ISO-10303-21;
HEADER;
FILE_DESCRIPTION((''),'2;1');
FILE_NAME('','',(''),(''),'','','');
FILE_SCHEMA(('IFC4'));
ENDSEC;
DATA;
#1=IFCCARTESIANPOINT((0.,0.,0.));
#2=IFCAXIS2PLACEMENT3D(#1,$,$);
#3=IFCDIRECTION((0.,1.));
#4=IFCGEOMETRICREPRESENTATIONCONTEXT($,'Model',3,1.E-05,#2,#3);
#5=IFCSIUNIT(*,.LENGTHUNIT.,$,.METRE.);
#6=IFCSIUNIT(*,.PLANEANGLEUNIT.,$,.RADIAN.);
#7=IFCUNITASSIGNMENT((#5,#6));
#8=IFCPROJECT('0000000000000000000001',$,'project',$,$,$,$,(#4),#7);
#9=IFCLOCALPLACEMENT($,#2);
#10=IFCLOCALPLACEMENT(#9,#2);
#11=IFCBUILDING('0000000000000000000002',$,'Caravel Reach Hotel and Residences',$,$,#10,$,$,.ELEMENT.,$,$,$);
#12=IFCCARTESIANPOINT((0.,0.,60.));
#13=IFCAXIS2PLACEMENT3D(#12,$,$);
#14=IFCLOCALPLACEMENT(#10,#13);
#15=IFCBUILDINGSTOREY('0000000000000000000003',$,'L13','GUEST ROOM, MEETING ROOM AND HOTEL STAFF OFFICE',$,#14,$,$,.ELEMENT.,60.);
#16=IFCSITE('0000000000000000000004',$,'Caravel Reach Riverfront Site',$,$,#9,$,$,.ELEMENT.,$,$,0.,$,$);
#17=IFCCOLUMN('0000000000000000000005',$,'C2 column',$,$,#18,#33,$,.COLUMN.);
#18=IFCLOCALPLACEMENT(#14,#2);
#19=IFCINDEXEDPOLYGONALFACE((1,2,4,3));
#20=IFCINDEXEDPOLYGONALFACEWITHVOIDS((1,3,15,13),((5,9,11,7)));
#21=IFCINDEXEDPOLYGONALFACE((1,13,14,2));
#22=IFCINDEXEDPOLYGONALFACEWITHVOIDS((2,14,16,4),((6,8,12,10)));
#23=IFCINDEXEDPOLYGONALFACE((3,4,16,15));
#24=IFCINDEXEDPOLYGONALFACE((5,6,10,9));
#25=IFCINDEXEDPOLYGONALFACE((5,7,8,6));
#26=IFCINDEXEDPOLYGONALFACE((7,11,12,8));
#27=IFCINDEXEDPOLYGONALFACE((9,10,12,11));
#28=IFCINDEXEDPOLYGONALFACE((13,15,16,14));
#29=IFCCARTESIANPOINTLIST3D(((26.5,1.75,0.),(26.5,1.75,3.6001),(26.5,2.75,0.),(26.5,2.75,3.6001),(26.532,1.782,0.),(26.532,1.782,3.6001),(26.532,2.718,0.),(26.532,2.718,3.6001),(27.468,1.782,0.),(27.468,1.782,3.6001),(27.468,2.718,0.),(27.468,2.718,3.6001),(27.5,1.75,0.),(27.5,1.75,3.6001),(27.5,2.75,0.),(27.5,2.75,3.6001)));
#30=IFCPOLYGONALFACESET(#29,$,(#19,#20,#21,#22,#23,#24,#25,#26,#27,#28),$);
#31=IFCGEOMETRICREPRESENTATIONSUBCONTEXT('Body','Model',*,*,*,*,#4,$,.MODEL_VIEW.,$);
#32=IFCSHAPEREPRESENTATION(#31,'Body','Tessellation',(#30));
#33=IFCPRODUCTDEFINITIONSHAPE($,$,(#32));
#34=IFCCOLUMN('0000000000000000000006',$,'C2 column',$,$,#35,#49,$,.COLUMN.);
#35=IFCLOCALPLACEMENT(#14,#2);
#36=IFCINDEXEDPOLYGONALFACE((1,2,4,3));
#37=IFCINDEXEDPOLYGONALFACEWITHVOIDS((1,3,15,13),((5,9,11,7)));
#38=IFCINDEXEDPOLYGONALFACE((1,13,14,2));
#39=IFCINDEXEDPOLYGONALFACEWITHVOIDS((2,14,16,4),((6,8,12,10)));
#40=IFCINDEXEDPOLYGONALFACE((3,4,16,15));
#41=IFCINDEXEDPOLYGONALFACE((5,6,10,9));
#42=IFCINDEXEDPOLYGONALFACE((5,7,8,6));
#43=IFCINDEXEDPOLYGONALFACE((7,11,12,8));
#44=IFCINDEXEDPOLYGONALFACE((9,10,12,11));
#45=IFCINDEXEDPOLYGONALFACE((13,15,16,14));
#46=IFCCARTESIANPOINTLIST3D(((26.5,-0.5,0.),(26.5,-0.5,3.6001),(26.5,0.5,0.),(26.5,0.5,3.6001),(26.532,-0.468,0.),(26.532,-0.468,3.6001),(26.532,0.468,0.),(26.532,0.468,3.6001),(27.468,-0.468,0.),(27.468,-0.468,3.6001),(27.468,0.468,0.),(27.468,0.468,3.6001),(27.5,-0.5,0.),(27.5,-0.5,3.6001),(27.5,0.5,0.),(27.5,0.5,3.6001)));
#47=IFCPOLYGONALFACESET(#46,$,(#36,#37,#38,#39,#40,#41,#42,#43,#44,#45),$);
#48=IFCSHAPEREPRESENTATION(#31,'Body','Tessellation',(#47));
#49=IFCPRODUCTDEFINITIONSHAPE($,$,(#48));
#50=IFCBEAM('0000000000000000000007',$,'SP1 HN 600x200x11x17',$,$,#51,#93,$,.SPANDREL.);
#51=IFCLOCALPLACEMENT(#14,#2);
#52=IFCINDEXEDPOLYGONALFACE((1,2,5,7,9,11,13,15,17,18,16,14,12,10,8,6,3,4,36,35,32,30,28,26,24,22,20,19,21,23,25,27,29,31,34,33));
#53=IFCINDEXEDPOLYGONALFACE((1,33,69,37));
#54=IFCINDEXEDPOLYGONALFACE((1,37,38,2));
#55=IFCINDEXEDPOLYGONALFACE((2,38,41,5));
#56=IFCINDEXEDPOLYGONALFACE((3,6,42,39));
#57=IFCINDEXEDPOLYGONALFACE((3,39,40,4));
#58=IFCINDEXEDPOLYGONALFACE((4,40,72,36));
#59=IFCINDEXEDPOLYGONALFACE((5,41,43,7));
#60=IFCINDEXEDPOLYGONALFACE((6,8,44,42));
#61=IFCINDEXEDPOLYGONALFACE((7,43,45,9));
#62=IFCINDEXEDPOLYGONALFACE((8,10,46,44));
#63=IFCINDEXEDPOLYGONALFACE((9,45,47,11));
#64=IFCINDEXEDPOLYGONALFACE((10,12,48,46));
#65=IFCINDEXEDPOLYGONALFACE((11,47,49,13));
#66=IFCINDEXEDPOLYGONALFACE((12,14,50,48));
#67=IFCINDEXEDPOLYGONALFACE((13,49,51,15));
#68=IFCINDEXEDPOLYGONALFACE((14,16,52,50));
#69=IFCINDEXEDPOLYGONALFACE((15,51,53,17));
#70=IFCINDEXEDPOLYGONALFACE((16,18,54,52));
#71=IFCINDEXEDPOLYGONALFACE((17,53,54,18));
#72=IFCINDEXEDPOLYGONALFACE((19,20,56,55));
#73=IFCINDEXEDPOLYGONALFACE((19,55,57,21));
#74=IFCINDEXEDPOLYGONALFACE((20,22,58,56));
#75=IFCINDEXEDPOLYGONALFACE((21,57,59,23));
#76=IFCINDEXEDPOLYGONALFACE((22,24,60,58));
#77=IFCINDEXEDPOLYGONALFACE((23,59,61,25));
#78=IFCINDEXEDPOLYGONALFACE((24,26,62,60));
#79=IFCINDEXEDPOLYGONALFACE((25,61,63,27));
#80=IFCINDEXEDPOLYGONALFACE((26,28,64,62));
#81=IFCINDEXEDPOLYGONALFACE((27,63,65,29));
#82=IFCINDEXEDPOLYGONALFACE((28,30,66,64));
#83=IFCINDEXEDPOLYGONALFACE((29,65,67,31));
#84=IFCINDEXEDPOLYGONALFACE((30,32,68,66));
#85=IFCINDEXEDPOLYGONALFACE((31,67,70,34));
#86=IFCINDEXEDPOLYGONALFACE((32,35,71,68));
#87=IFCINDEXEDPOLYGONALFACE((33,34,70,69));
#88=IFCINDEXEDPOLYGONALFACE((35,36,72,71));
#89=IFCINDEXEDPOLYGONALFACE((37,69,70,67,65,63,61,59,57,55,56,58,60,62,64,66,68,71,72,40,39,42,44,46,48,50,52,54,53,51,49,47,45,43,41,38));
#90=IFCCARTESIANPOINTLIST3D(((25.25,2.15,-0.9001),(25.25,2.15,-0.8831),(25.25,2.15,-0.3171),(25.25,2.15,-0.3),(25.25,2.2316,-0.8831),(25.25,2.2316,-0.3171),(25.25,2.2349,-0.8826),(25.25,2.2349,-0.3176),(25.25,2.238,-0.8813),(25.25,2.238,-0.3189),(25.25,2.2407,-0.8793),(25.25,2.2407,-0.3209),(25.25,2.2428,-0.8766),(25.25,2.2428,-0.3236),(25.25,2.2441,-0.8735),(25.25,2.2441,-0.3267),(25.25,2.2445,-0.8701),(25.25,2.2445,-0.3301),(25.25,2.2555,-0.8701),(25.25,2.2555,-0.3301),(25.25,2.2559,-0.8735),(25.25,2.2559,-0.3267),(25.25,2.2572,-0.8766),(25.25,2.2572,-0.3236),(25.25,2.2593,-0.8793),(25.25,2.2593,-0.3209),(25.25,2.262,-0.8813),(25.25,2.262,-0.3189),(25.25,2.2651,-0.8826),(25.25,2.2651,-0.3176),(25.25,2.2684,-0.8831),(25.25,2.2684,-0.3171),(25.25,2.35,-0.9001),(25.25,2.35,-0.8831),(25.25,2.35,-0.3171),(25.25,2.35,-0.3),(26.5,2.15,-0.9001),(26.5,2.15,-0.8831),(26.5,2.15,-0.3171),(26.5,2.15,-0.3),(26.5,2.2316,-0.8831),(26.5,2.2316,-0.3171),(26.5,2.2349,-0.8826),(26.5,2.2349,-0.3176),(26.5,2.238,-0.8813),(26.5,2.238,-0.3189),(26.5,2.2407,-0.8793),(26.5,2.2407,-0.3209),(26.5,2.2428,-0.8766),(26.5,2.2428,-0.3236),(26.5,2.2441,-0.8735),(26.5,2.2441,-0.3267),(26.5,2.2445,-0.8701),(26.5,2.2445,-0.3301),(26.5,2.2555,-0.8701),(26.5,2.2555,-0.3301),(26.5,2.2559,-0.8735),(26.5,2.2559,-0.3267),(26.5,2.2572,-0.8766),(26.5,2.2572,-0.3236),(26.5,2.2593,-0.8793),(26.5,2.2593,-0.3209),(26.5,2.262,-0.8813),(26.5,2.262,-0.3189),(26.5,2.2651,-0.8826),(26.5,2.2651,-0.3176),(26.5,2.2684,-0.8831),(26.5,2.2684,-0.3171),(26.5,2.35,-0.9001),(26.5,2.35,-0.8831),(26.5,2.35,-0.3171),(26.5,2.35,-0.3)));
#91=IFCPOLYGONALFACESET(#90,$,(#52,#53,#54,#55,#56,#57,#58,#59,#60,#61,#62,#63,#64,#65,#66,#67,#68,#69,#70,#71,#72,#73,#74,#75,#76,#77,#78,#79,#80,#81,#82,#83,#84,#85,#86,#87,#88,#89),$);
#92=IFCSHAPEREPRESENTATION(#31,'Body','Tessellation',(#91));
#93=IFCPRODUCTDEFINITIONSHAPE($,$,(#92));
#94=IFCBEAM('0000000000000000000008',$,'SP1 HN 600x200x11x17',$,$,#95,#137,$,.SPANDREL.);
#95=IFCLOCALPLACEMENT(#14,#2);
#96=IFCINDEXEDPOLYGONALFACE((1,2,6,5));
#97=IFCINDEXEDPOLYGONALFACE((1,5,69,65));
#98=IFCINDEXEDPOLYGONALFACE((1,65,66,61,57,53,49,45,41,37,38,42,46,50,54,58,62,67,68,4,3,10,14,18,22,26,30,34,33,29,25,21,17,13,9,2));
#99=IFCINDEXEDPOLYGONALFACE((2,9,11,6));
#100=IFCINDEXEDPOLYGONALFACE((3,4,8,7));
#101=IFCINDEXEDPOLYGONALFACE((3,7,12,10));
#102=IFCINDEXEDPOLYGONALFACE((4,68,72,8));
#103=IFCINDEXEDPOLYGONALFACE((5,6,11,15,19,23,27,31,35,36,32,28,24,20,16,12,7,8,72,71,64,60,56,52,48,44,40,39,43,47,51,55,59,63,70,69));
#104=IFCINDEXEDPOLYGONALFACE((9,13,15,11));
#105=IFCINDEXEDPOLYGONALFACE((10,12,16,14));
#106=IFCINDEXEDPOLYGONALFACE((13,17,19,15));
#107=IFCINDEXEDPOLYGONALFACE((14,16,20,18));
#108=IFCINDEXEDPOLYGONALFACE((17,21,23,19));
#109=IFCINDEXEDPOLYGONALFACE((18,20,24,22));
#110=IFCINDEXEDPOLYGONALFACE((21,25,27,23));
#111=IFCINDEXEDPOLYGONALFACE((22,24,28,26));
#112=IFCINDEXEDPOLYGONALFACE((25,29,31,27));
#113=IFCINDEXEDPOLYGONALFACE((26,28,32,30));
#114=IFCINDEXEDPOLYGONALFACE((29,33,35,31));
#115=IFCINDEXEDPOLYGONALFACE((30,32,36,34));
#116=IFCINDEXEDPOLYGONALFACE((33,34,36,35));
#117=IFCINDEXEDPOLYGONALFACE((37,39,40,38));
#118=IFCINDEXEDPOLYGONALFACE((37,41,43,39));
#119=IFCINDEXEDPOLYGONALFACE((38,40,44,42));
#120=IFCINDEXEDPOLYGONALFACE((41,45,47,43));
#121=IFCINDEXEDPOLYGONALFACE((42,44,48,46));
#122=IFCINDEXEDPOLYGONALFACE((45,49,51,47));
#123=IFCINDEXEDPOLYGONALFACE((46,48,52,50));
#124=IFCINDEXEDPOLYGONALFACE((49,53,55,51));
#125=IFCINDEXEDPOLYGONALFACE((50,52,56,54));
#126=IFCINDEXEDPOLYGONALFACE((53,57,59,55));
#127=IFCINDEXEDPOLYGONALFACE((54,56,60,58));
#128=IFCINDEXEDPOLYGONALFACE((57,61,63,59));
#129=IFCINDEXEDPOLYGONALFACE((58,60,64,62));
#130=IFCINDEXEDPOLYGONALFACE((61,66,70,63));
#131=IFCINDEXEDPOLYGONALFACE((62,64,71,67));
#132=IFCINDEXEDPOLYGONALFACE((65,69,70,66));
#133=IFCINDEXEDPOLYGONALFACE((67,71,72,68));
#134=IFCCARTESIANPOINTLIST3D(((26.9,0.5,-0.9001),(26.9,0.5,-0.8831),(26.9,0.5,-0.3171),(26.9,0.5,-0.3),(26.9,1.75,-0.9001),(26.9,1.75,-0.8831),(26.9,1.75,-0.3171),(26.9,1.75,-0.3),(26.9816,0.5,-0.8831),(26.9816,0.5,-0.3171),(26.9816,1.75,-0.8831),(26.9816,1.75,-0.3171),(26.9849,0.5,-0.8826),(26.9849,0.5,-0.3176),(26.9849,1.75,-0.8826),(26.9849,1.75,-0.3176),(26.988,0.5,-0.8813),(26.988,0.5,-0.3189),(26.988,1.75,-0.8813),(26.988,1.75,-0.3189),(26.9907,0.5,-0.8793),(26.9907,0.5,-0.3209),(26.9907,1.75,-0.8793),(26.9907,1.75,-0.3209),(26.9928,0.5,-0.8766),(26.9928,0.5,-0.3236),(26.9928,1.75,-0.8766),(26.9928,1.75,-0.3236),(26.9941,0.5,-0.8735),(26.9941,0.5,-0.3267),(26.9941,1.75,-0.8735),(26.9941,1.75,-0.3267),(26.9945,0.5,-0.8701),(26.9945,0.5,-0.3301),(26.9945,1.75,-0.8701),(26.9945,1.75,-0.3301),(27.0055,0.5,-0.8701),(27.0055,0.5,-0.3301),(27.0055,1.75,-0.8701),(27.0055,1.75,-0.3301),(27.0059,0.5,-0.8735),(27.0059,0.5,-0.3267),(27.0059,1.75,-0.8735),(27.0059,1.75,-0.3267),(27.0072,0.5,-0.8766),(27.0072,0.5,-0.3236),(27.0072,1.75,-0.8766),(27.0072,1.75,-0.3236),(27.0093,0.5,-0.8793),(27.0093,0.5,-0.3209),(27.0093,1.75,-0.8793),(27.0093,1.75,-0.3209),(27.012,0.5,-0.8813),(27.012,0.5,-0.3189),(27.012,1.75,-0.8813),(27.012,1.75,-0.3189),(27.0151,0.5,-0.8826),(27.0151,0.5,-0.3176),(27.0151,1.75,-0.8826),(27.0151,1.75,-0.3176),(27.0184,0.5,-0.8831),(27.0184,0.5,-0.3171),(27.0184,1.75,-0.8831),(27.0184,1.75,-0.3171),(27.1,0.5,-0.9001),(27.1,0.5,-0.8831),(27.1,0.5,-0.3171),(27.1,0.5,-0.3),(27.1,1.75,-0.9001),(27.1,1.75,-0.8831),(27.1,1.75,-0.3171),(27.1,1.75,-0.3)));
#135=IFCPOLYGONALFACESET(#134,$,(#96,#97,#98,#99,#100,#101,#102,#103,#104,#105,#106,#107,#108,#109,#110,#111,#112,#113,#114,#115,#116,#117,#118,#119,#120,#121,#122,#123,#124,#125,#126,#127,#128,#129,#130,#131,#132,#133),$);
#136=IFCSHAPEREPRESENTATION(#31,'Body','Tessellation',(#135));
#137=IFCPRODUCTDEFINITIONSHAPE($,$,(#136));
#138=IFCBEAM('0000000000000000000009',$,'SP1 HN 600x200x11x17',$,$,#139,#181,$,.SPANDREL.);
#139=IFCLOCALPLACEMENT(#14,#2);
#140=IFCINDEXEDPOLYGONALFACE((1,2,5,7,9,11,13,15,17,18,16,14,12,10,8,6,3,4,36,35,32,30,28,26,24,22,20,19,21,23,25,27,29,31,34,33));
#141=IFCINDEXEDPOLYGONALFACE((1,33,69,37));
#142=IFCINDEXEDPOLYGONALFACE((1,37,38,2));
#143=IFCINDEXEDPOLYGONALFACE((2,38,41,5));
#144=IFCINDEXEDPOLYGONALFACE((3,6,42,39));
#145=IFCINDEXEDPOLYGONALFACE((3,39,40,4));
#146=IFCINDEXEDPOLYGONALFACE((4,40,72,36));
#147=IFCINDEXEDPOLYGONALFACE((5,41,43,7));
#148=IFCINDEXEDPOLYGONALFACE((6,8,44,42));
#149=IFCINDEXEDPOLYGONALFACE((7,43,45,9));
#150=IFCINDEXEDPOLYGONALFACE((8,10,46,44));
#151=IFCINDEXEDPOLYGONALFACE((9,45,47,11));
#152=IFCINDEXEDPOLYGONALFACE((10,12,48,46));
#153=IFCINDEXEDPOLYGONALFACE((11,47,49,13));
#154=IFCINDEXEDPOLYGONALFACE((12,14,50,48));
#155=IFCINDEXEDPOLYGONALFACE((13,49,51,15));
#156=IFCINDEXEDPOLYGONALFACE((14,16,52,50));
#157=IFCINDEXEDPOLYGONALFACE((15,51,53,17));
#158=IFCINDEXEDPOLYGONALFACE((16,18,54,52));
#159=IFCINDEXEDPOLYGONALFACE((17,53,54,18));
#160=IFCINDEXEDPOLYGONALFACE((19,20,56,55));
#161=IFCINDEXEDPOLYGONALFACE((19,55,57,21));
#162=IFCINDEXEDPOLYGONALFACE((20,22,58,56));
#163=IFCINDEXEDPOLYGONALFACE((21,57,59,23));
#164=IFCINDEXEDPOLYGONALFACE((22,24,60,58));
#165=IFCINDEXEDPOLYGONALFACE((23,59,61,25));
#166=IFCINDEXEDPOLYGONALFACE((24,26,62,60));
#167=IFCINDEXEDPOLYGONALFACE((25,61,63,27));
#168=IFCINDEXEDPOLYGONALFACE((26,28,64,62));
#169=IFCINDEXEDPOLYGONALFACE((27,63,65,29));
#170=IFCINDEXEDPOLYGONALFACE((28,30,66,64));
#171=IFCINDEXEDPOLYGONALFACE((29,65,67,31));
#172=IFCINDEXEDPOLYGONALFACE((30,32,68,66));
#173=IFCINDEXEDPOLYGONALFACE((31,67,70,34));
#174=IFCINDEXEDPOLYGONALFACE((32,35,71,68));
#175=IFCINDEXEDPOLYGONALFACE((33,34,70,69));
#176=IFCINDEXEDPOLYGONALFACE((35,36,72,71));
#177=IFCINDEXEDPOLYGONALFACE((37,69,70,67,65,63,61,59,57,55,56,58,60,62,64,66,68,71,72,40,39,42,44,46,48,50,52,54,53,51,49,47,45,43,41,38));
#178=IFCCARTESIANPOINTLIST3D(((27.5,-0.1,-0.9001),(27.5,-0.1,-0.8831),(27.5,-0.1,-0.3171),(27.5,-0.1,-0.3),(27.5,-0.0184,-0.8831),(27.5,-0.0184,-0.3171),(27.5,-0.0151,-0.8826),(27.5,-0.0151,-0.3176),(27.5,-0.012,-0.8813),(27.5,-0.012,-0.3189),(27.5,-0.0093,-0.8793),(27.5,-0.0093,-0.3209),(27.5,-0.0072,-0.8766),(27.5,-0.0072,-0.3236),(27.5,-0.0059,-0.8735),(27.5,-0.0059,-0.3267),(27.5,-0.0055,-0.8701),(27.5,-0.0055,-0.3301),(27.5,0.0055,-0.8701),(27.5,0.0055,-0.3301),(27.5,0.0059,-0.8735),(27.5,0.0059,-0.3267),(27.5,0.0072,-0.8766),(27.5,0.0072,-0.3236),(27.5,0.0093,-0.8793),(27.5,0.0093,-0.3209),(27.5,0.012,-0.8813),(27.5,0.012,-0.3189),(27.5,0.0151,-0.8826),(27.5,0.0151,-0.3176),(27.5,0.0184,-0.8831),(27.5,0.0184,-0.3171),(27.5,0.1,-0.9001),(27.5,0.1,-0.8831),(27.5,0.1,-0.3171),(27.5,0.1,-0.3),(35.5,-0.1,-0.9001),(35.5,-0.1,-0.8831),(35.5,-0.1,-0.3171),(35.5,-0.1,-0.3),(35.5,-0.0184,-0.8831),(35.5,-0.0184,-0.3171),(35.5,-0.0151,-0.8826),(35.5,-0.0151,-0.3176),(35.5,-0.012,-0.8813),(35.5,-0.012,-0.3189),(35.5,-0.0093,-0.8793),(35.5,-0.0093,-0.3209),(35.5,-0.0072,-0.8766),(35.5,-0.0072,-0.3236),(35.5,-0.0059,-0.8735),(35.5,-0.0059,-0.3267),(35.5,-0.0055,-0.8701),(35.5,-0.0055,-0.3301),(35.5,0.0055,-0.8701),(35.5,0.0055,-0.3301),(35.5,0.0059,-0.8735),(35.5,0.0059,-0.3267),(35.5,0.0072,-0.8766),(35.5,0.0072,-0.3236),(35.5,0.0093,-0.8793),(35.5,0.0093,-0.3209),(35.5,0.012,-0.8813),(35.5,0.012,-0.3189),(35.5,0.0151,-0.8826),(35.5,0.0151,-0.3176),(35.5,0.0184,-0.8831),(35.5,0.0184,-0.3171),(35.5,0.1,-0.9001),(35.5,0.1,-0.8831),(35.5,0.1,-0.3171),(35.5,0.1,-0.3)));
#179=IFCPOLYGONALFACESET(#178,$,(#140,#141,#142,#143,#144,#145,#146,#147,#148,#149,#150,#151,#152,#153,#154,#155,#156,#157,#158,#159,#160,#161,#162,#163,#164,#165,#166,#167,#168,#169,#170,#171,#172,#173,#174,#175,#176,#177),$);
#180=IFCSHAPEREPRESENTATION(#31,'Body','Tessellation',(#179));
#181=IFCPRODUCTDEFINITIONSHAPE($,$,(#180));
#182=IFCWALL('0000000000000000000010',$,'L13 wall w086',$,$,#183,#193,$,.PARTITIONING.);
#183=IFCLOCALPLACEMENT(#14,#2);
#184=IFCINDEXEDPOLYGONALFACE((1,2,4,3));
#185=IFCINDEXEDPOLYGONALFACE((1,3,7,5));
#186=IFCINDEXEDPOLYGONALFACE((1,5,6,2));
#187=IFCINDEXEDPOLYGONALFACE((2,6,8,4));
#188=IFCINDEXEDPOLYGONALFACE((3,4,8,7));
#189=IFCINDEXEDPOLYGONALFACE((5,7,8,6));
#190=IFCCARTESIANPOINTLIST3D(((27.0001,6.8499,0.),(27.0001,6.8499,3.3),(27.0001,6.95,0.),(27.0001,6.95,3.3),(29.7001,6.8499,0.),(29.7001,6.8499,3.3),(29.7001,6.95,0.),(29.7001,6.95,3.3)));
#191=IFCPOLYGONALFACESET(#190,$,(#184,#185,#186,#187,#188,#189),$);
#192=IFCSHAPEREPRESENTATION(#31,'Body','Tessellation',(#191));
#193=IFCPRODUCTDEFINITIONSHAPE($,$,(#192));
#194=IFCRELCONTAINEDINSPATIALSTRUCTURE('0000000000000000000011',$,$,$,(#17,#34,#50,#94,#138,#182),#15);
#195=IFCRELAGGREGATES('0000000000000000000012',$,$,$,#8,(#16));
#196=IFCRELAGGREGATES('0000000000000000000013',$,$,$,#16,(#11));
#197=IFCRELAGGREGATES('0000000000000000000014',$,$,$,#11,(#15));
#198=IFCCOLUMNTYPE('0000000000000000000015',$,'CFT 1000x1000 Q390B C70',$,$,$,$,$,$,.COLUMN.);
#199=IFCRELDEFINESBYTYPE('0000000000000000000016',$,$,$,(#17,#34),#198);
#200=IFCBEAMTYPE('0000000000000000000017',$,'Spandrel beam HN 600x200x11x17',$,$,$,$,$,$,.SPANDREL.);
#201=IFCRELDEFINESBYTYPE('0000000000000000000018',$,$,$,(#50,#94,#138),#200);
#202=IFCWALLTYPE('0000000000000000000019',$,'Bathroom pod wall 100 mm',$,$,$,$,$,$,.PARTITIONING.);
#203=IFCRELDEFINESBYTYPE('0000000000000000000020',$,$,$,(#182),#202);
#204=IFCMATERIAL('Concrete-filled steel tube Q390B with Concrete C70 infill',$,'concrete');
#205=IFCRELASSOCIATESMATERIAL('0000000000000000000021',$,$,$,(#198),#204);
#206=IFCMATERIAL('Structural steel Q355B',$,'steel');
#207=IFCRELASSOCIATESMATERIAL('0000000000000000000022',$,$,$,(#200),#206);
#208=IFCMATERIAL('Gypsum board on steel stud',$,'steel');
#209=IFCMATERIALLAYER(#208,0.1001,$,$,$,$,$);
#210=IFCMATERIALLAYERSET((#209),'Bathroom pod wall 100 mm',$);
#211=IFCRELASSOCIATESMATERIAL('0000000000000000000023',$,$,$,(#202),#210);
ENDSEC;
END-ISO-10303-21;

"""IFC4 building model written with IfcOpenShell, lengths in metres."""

from ifc_helpers import new_model, si_unit, direction, frame, frame_2d, origin, origin_2d, place, context, subcontext, project, spatial, rectangle, hollow_rectangle, i_section, extrude, material, layer, layer_set, material_profile, profile_set, type_object, element, save


model = new_model("IFC4")

# Units and contexts
model_context = context("Model", 3, precision=1e-05, world=origin(), true_north=direction((0.0, 1.0)))
body_context = subcontext(model_context, "Body", "Model", "MODEL_VIEW")
ifc_project = project(units=[si_unit("LENGTHUNIT", "METRE"), si_unit("PLANEANGLEUNIT", "RADIAN")], contexts=[model_context])

# Site, building, storey
site_placement = place(None, origin())
site = spatial("IfcSite", under=ifc_project, at=site_placement, Name="Caravel Reach Riverfront Site", CompositionType="ELEMENT", RefElevation=0.0)
building_placement = place(site_placement, origin())
building = spatial("IfcBuilding", under=site, at=building_placement, Name="Caravel Reach Hotel and Residences", CompositionType="ELEMENT")
storey_placement = place(building_placement, frame((0.0, 0.0, 60.0)))
storey = spatial("IfcBuildingStorey", under=building, at=storey_placement, Name="L13", Description="GUEST ROOM, MEETING ROOM AND HOTEL STAFF OFFICE", CompositionType="ELEMENT", Elevation=60.0)

# Columns
ifc_material_1 = material(Name="Concrete-filled steel tube Q390B with Concrete C70 infill", Category="concrete")
ifc_material_profile_1 = material_profile(ifc_material_1, hollow_rectangle(XDim=1.0, YDim=1.0, WallThickness=0.032, at=origin_2d()), Name="RHS 1000x1000x32")
ifc_profile_set_1 = profile_set([ifc_material_profile_1], Name="Concrete-filled steel tube Q390B with Concrete C70 infill")
column_type = type_object("IfcColumnType", Name="CFT 1000x1000 Q390B C70", PredefinedType="COLUMN", material=ifc_profile_set_1)
for number, where, z_axis, x_axis, name in (
    (1, (27.0, 2.25, 0.0), (0.0, 0.0, 1.0), (1.0, 0.0, 0.0), "C2 column"),
    (2, (27.0, 0.0, 0.0), (0.0, 0.0, 1.0), (1.0, 0.0, 0.0), "C2 column"),
):
    element("IfcColumn", number, at=place(storey_placement, frame(where, z_axis=z_axis, x_axis=x_axis)), inside=storey, type_object=column_type, Name=name, PredefinedType="COLUMN", context=body_context, shape_type="SweptSolid", body=[
        extrude(hollow_rectangle(XDim=1.0, YDim=1.0, WallThickness=0.032, at=origin_2d()), origin(), (0.0, 0.0, 1.0), 3.6001),
    ])

# Beams
ifc_material_2 = material(Name="Structural steel Q355B", Category="steel")
ifc_material_profile_2 = material_profile(ifc_material_2, i_section(OverallWidth=0.2, OverallDepth=0.6001, WebThickness=0.011, FlangeThickness=0.0171, FilletRadius=0.0129, at=origin_2d()), Name="HN 600x200x11x17")
ifc_profile_set_2 = profile_set([ifc_material_profile_2], Name="Structural steel Q355B")
beam_type = type_object("IfcBeamType", Name="Spandrel beam HN 600x200x11x17", PredefinedType="SPANDREL", material=ifc_profile_set_2)
for number, where, z_axis, x_axis, name in (
    (3, (25.25, 2.25, -0.6001), (1.0, 0.0, 0.0), (0.0, 1.0, 0.0), "SP1 HN 600x200x11x17"),
    (4, (27.0, 1.75, -0.6001), (0.0, -1.0, 0.0), (1.0, 0.0, 0.0), "SP1 HN 600x200x11x17"),
):
    element("IfcBeam", number, at=place(storey_placement, frame(where, z_axis=z_axis, x_axis=x_axis)), inside=storey, type_object=beam_type, Name=name, PredefinedType="SPANDREL", context=body_context, shape_type="SweptSolid", body=[
        extrude(i_section(OverallWidth=0.2, OverallDepth=0.6001, WebThickness=0.011, FlangeThickness=0.0171, FilletRadius=0.0129, at=origin_2d()), origin(), (0.0, 0.0, 1.0), 1.25),
    ])
beam_placement = place(storey_placement, frame((27.5, 0.0, -0.6001), z_axis=(1.0, 0.0, 0.0), x_axis=(0.0, 1.0, 0.0)))
element("IfcBeam", 5, at=beam_placement, inside=storey, type_object=beam_type, Name="SP1 HN 600x200x11x17", PredefinedType="SPANDREL", context=body_context, shape_type="SweptSolid", body=[
    extrude(i_section(OverallWidth=0.2, OverallDepth=0.6001, WebThickness=0.011, FlangeThickness=0.0171, FilletRadius=0.0129, at=origin_2d()), origin(), (0.0, 0.0, 1.0), 8.0),
])

# Wall
ifc_material_3 = material(Name="Gypsum board on steel stud", Category="steel")
ifc_layer_1 = layer(ifc_material_3, 0.1001)
ifc_layer_set_1 = layer_set([ifc_layer_1], Name="Bathroom pod wall 100 mm")
wall_type_1 = type_object("IfcWallType", Name="Bathroom pod wall 100 mm", PredefinedType="PARTITIONING", material=ifc_layer_set_1)
wall_1_placement = place(storey_placement, frame((27.0, 6.8999, 0.0), z_axis=(0.0, 0.0, 1.0), x_axis=(1.0, 0.0, 0.0)))
element("IfcWall", 6, at=wall_1_placement, inside=storey, type_object=wall_type_1, Name="L13 wall w086", PredefinedType="PARTITIONING", context=body_context, shape_type="SweptSolid", body=[
    extrude(rectangle(XDim=2.7, YDim=0.1001, at=frame_2d((1.3501, 0.0))), origin(), (0.0, 0.0, 1.0), 3.3),
])

save(model, "model.ifc")
